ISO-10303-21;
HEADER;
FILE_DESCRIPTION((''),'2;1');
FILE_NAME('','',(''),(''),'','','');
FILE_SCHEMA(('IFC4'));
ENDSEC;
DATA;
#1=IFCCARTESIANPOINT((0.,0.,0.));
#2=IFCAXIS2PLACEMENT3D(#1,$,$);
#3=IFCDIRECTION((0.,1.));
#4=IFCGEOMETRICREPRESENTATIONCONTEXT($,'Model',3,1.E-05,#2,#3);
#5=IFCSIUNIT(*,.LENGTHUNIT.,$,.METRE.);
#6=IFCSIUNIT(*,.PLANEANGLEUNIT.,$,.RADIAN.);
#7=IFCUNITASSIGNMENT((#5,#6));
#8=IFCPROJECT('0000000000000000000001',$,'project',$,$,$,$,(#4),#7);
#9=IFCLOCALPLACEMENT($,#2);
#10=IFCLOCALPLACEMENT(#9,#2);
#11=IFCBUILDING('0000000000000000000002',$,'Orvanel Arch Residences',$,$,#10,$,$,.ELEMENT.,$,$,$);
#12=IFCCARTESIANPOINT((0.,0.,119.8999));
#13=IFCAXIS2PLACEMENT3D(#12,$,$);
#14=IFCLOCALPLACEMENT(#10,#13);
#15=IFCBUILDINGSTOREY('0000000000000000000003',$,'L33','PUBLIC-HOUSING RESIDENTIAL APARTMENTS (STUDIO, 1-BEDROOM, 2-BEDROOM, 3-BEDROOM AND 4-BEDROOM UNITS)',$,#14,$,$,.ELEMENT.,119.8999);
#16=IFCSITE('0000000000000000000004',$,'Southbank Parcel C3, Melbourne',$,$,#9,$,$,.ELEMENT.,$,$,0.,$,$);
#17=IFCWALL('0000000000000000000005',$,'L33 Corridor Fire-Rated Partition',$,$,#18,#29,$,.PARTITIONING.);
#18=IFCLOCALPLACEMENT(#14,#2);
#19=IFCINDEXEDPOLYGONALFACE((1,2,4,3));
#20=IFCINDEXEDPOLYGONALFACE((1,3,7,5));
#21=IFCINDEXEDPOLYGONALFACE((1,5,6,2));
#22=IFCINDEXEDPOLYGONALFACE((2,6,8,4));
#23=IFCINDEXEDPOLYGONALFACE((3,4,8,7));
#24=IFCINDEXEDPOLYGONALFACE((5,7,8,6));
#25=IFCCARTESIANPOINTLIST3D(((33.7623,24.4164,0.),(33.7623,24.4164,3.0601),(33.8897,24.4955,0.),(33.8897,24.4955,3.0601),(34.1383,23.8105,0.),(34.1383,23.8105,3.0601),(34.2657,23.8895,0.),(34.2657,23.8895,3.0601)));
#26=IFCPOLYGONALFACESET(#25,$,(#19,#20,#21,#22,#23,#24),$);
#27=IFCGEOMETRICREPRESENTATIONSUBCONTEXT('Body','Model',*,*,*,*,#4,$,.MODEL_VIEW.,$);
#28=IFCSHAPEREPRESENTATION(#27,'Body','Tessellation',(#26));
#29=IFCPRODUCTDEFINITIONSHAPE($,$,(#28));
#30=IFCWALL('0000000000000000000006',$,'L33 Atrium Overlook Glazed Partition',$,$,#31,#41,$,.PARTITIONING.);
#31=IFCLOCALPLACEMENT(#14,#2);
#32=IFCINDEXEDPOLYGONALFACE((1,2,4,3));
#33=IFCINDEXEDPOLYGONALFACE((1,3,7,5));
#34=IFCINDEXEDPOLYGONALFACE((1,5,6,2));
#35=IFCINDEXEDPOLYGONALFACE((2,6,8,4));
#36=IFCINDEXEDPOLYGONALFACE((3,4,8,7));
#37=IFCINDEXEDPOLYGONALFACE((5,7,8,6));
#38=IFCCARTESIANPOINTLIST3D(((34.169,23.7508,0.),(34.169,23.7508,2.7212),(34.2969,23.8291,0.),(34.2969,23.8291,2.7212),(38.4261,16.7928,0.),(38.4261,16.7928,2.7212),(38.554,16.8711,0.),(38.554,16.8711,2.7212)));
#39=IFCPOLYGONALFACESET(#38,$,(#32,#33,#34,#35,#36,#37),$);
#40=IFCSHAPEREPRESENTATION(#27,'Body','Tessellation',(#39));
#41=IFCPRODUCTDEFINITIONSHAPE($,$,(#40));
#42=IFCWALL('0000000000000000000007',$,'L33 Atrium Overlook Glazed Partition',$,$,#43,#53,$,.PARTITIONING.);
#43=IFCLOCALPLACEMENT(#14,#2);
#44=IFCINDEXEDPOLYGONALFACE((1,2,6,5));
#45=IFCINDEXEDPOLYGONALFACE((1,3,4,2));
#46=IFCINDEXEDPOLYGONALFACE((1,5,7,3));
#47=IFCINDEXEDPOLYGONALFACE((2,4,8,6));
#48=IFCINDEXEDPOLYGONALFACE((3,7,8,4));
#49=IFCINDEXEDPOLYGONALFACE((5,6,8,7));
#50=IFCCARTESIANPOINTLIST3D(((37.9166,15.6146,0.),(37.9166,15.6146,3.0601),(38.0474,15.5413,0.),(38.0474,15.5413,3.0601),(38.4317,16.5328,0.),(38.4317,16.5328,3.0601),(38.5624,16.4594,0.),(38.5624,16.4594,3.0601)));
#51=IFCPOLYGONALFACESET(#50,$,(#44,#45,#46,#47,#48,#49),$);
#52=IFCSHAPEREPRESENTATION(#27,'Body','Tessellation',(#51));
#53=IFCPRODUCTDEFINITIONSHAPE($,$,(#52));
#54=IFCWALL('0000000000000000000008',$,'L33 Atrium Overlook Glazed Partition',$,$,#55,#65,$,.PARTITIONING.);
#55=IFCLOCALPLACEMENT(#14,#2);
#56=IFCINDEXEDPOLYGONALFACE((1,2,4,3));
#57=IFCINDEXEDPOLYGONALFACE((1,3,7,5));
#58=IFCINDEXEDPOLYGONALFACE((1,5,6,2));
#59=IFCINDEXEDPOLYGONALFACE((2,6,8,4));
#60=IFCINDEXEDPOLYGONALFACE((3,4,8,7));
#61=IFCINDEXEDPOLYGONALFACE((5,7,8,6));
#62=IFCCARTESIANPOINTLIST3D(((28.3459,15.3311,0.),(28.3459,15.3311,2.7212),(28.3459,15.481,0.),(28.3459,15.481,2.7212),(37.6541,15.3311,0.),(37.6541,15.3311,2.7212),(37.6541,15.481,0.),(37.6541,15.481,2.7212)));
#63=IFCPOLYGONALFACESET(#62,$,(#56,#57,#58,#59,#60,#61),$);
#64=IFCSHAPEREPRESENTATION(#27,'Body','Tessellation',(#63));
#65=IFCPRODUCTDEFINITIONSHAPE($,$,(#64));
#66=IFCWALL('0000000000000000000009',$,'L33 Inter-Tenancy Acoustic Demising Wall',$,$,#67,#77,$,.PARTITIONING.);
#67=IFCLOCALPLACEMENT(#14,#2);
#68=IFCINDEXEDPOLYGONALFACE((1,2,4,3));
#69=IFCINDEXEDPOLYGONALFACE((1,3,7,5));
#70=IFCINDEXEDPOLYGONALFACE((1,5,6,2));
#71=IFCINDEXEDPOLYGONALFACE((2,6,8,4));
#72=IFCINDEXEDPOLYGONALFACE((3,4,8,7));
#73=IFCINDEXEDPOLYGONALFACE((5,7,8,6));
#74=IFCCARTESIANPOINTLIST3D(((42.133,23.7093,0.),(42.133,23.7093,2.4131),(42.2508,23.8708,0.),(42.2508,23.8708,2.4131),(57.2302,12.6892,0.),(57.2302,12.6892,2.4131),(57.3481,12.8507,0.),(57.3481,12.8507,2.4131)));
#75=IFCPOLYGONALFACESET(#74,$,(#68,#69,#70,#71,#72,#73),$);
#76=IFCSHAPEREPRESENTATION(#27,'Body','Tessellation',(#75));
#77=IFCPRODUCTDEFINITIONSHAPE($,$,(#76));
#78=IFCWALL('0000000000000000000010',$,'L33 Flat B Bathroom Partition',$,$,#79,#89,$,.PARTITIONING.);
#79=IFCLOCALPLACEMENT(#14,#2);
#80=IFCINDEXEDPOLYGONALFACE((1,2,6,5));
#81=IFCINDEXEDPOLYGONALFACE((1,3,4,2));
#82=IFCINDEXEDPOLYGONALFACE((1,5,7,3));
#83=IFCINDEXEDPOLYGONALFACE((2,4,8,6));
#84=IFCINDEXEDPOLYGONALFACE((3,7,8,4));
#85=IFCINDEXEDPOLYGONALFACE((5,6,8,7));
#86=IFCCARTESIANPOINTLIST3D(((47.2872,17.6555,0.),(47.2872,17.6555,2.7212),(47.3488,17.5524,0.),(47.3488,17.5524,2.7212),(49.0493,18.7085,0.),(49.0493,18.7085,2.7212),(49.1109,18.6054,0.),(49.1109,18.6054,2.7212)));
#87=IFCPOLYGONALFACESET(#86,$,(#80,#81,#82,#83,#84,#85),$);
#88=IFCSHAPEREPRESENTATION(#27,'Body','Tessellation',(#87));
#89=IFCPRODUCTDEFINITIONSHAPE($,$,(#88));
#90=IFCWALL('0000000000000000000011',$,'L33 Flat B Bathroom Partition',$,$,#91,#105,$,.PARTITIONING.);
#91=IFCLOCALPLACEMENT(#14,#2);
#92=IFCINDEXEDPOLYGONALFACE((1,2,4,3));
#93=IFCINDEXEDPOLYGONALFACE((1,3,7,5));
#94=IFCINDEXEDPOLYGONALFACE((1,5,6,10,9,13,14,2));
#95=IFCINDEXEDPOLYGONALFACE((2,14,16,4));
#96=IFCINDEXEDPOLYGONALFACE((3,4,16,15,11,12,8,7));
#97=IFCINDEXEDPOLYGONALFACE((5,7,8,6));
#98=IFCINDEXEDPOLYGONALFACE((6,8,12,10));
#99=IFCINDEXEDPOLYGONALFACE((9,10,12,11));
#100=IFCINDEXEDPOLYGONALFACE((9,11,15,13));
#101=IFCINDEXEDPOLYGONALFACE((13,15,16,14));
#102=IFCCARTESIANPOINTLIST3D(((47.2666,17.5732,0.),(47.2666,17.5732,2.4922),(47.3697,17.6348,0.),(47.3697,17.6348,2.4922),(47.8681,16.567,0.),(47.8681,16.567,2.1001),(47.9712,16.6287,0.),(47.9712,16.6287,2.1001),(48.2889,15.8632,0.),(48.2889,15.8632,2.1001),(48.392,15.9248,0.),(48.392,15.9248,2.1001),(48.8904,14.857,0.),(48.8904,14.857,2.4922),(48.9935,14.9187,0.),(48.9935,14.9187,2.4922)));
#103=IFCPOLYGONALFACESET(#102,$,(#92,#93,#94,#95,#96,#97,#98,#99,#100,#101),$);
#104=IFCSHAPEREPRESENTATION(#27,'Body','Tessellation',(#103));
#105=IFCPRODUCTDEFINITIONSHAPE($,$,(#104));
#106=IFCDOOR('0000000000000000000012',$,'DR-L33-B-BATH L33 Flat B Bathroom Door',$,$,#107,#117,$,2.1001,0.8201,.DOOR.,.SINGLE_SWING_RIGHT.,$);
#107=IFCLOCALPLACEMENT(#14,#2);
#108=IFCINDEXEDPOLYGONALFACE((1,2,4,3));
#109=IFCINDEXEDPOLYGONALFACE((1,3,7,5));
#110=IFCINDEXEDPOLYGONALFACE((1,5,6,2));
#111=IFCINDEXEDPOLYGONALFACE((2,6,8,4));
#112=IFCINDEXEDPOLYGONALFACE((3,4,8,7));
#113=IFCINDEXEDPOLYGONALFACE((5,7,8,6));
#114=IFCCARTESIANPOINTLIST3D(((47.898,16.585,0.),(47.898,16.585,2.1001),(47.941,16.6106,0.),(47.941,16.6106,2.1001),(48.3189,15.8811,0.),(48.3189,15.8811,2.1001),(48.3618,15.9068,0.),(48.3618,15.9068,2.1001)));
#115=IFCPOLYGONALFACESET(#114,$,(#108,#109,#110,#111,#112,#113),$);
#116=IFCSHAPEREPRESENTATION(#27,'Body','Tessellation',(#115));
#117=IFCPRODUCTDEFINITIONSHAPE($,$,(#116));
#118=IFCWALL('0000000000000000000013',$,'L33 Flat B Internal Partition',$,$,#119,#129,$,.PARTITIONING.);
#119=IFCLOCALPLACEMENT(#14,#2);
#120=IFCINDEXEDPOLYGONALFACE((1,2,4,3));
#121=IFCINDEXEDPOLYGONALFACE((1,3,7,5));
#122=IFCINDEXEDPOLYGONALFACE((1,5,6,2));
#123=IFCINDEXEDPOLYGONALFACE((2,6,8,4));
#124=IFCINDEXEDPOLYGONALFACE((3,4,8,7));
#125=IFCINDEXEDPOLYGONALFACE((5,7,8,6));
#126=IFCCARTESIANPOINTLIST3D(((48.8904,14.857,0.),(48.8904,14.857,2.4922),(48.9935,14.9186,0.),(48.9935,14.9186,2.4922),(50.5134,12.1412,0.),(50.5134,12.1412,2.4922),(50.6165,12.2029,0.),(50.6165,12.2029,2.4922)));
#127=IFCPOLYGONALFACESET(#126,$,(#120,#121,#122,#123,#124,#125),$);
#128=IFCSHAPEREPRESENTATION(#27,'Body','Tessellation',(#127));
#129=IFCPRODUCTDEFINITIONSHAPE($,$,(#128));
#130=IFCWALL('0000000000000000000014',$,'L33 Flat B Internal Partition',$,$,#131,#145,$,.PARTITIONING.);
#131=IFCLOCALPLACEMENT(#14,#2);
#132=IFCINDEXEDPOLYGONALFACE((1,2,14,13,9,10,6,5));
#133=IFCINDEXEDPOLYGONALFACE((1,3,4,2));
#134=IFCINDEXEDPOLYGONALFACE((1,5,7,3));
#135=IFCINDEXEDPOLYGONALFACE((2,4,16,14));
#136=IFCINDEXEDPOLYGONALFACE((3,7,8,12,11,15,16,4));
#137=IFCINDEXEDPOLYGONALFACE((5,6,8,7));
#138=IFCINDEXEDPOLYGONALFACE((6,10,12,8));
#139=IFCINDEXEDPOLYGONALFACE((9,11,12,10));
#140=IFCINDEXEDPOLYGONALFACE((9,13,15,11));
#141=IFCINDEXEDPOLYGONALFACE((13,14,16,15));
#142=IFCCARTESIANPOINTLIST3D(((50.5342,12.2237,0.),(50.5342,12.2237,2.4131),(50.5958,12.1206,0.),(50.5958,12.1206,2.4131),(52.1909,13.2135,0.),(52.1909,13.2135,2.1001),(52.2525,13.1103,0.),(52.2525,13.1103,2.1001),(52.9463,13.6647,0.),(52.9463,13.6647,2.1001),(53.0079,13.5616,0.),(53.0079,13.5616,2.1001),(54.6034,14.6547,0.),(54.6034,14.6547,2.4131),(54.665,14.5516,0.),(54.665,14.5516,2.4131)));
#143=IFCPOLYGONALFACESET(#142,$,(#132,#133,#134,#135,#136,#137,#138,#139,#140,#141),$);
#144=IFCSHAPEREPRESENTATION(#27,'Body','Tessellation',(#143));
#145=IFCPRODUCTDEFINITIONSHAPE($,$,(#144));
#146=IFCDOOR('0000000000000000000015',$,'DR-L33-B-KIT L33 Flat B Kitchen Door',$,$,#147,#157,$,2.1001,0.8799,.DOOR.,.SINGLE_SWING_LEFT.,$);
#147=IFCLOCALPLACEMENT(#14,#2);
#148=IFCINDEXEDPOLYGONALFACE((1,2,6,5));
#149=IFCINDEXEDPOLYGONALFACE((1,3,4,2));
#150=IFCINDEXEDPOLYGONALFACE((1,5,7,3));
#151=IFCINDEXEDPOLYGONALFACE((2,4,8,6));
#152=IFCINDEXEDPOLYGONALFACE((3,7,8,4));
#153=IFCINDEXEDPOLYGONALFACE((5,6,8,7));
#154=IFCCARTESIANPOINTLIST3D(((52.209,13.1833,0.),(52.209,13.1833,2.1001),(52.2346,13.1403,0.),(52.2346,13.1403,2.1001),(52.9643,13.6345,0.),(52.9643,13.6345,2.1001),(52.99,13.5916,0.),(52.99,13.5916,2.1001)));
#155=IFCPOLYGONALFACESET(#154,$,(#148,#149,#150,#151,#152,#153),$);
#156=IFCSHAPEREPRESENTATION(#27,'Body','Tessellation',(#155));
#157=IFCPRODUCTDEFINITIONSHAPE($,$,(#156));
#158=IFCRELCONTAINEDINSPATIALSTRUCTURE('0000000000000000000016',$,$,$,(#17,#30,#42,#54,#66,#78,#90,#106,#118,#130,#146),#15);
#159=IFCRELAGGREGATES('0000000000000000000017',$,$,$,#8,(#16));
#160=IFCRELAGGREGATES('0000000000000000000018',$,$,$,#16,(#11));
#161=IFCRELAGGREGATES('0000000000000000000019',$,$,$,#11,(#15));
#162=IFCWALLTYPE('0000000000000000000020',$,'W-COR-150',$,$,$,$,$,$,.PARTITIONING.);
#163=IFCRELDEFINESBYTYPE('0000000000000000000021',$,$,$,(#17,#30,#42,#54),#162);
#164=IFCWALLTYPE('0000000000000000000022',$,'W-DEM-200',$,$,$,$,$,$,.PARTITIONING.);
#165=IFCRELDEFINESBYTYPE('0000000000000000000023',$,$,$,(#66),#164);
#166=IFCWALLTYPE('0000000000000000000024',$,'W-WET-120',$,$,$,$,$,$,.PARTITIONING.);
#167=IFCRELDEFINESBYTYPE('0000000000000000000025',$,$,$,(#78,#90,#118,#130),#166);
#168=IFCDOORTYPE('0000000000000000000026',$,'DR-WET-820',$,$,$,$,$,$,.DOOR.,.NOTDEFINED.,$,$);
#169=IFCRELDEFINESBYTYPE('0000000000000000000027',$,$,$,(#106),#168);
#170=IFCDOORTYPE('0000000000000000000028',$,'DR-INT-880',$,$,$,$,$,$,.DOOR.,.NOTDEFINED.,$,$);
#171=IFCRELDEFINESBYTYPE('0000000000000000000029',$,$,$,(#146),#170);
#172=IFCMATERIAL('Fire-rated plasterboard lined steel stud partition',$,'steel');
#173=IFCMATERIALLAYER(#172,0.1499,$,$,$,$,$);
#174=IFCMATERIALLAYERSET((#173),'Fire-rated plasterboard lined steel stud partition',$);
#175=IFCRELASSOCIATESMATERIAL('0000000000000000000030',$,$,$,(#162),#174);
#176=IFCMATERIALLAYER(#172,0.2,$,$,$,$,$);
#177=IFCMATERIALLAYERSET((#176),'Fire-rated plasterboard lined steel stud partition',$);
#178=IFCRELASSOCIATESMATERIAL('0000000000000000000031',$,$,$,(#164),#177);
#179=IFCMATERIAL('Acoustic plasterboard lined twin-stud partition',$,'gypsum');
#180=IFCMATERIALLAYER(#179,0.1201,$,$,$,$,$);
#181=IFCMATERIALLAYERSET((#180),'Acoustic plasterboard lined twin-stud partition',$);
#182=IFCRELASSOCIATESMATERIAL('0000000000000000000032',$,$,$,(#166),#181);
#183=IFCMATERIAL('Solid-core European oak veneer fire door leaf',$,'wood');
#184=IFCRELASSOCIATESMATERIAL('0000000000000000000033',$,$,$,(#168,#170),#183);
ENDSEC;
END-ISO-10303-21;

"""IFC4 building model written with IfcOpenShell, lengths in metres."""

from ifc_helpers import new_model, si_unit, direction, frame, frame_2d, origin, place, context, subcontext, project, spatial, rectangle, extrude, material, layer, layer_set, type_object, element, fill, save


model = new_model("IFC4")

# Units and contexts
model_context = context("Model", 3, precision=1e-05, world=origin(), true_north=direction((0.0, 1.0)))
body_context = subcontext(model_context, "Body", "Model", "MODEL_VIEW")
ifc_project = project(units=[si_unit("LENGTHUNIT", "METRE"), si_unit("PLANEANGLEUNIT", "RADIAN")], contexts=[model_context])

# Site, building, storey
site_placement = place(None, origin())
site = spatial("IfcSite", under=ifc_project, at=site_placement, Name="Southbank Parcel C3, Melbourne", CompositionType="ELEMENT", RefElevation=0.0)
building_placement = place(site_placement, origin())
building = spatial("IfcBuilding", under=site, at=building_placement, Name="Orvanel Arch Residences", CompositionType="ELEMENT")
storey_placement = place(building_placement, frame((0.0, 0.0, 119.8999)))
storey = spatial("IfcBuildingStorey", under=building, at=storey_placement, Name="L33", Description="PUBLIC-HOUSING RESIDENTIAL APARTMENTS (STUDIO, 1-BEDROOM, 2-BEDROOM, 3-BEDROOM AND 4-BEDROOM UNITS)", CompositionType="ELEMENT", Elevation=119.8999)

# Shared definitions
ifc_material_1 = material(Name="Fire-rated plasterboard lined steel stud partition", Category="steel")
ifc_layer_1 = layer(ifc_material_1, 0.1499)
ifc_layer_set_1 = layer_set([ifc_layer_1], Name="Fire-rated plasterboard lined steel stud partition")
wall_type_1 = type_object("IfcWallType", Name="W-COR-150", PredefinedType="PARTITIONING", material=ifc_layer_set_1)
ifc_material_2 = material(Name="Solid-core European oak veneer fire door leaf", Category="wood")

# Walls
wall_1_placement = place(storey_placement, frame((34.2019, 23.8501, 0.0), z_axis=(0.0, 0.0, 1.0), x_axis=(-0.527227, 0.849725, 0.0)))
element("IfcWall", 1, at=wall_1_placement, inside=storey, type_object=wall_type_1, Name="L33 Corridor Fire-Rated Partition", PredefinedType="PARTITIONING", context=body_context, shape_type="SweptSolid", body=[
    extrude(rectangle(XDim=0.7131, YDim=0.1499, at=frame_2d((0.3564, 0.0))), origin(), (0.0, 0.0, 1.0), 3.0601),
])
wall_2_placement = place(storey_placement, frame((34.2329, 23.79, 0.0), z_axis=(0.0, 0.0, 1.0), x_axis=(0.521893, -0.853011, 0.0)))
element("IfcWall", 2, at=wall_2_placement, inside=storey, type_object=wall_type_1, Name="L33 Atrium Overlook Glazed Partition", PredefinedType="PARTITIONING", context=body_context, shape_type="SweptSolid", body=[
    extrude(rectangle(XDim=8.157, YDim=0.1499, at=frame_2d((4.0786, 0.0))), origin(), (0.0, 0.0, 1.0), 2.7212),
])
wall_3_placement = place(storey_placement, frame((38.4971, 16.4961, 0.0), z_axis=(0.0, 0.0, 1.0), x_axis=(-0.489281, -0.872126, 0.0)))
element("IfcWall", 3, at=wall_3_placement, inside=storey, type_object=wall_type_1, Name="L33 Atrium Overlook Glazed Partition", PredefinedType="PARTITIONING", context=body_context, shape_type="SweptSolid", body=[
    extrude(rectangle(XDim=1.0527, YDim=0.1499, at=frame_2d((0.5264, 0.0))), origin(), (0.0, 0.0, 1.0), 3.0601),
])
wall_4_placement = place(storey_placement, frame((37.6541, 15.406, 0.0), z_axis=(0.0, 0.0, 1.0), x_axis=(-1.0, 0.0, 0.0)))
element("IfcWall", 4, at=wall_4_placement, inside=storey, type_object=wall_type_1, Name="L33 Atrium Overlook Glazed Partition", PredefinedType="PARTITIONING", context=body_context, shape_type="SweptSolid", body=[
    extrude(rectangle(XDim=9.3081, YDim=0.1499, at=frame_2d((4.6541, 0.0))), origin(), (0.0, 0.0, 1.0), 2.7212),
])
ifc_layer_2 = layer(ifc_material_1, 0.2)
ifc_layer_set_2 = layer_set([ifc_layer_2], Name="Fire-rated plasterboard lined steel stud partition")
wall_type_2 = type_object("IfcWallType", Name="W-DEM-200", PredefinedType="PARTITIONING", material=ifc_layer_set_2)
wall_5_placement = place(storey_placement, frame((42.1919, 23.79, 0.0), z_axis=(0.0, 0.0, 1.0), x_axis=(0.80771, -0.58958, 0.0)))
element("IfcWall", 5, at=wall_5_placement, inside=storey, type_object=wall_type_2, Name="L33 Inter-Tenancy Acoustic Demising Wall", PredefinedType="PARTITIONING", context=body_context, shape_type="SweptSolid", body=[
    extrude(rectangle(XDim=18.6914, YDim=0.2, at=frame_2d((9.3457, 0.0))), origin(), (0.0, 0.0, 1.0), 2.4131),
])
ifc_material_3 = material(Name="Acoustic plasterboard lined twin-stud partition", Category="gypsum")
ifc_layer_3 = layer(ifc_material_3, 0.1201)
ifc_layer_set_3 = layer_set([ifc_layer_3], Name="Acoustic plasterboard lined twin-stud partition")
wall_type_3 = type_object("IfcWallType", Name="W-WET-120", PredefinedType="PARTITIONING", material=ifc_layer_set_3)
wall_6_placement = place(storey_placement, frame((49.0801, 18.657, 0.0), z_axis=(0.0, 0.0, 1.0), x_axis=(-0.858394, -0.512991, 0.0)))
element("IfcWall", 6, at=wall_6_placement, inside=storey, type_object=wall_type_3, Name="L33 Flat B Bathroom Partition", PredefinedType="PARTITIONING", context=body_context, shape_type="SweptSolid", body=[
    extrude(rectangle(XDim=2.0527, YDim=0.1201, at=frame_2d((1.0264, 0.0))), origin(), (0.0, 0.0, 1.0), 2.7212),
])

# Wall, opening, door
wall_7_placement = place(storey_placement, frame((47.3181, 17.604, 0.0), z_axis=(0.0, 0.0, 1.0), x_axis=(0.513134, -0.858309, 0.0)))
wall_7 = element("IfcWall", 7, at=wall_7_placement, inside=storey, type_object=wall_type_3, Name="L33 Flat B Bathroom Partition", PredefinedType="PARTITIONING", context=body_context, shape_type="SweptSolid", body=[
    extrude(rectangle(XDim=3.1646, YDim=0.1201, at=frame_2d((1.5823, 0.0))), origin(), (0.0, 0.0, 1.0), 2.4922),
])
opening_1_placement = place(wall_7_placement, frame((1.1721, 0.0, 0.0)))
opening_1 = element("IfcOpeningElement", 8, at=opening_1_placement, cuts=wall_7, PredefinedType="OPENING", context=body_context, shape_type="SweptSolid", body=[
    extrude(rectangle(XDim=0.8201, YDim=2.1001, at=frame_2d((0.4102, 1.05))), frame((0.0, 0.0701, 0.0), z_axis=(0.0, -1.0, 0.0), x_axis=(1.0, 0.0, 0.0)), (0.0, 0.0, 1.0), 0.1401),
])
door_type_1 = type_object("IfcDoorType", Name="DR-WET-820", OperationType="NOTDEFINED", PredefinedType="DOOR", material=ifc_material_2)
door_1_placement = place(opening_1_placement, origin())
door_1 = element("IfcDoor", 9, at=door_1_placement, inside=storey, type_object=door_type_1, Name="DR-L33-B-BATH L33 Flat B Bathroom Door", OperationType="SINGLE_SWING_RIGHT", OverallHeight=2.1001, OverallWidth=0.8201, PredefinedType="DOOR", context=body_context, shape_type="SweptSolid", body=[
    extrude(rectangle(XDim=0.8201, YDim=2.1001, at=frame_2d((0.4102, 1.05))), frame((0.0, 0.0249, 0.0), z_axis=(0.0, -1.0, 0.0), x_axis=(1.0, 0.0, 0.0)), (0.0, 0.0, 1.0), 0.05),
])
fill(opening_1, door_1)

# Wall
wall_8_placement = place(storey_placement, frame((48.9419, 14.8879, 0.0), z_axis=(0.0, 0.0, 1.0), x_axis=(0.512997, -0.85839, 0.0)))
element("IfcWall", 10, at=wall_8_placement, inside=storey, type_object=wall_type_3, Name="L33 Flat B Internal Partition", PredefinedType="PARTITIONING", context=body_context, shape_type="SweptSolid", body=[
    extrude(rectangle(XDim=3.1638, YDim=0.1201, at=frame_2d((1.582, 0.0))), origin(), (0.0, 0.0, 1.0), 2.4922),
])

# Wall, opening, door
wall_9_placement = place(storey_placement, frame((50.5649, 12.1721, 0.0), z_axis=(0.0, 0.0, 1.0), x_axis=(0.858473, 0.512859, 0.0)))
wall_9 = element("IfcWall", 11, at=wall_9_placement, inside=storey, type_object=wall_type_3, Name="L33 Flat B Internal Partition", PredefinedType="PARTITIONING", context=body_context, shape_type="SweptSolid", body=[
    extrude(rectangle(XDim=4.74, YDim=0.1201, at=frame_2d((2.3701, 0.0))), origin(), (0.0, 0.0, 1.0), 2.4131),
])
opening_2_placement = place(wall_9_placement, frame((1.9299, 0.0, 0.0)))
opening_2 = element("IfcOpeningElement", 12, at=opening_2_placement, cuts=wall_9, PredefinedType="OPENING", context=body_context, shape_type="SweptSolid", body=[
    extrude(rectangle(XDim=0.8799, YDim=2.1001, at=frame_2d((0.4399, 1.05))), frame((0.0, 0.0701, 0.0), z_axis=(0.0, -1.0, 0.0), x_axis=(1.0, 0.0, 0.0)), (0.0, 0.0, 1.0), 0.1401),
])
door_type_2 = type_object("IfcDoorType", Name="DR-INT-880", OperationType="NOTDEFINED", PredefinedType="DOOR", material=ifc_material_2)
door_2_placement = place(opening_2_placement, origin())
door_2 = element("IfcDoor", 13, at=door_2_placement, inside=storey, type_object=door_type_2, Name="DR-L33-B-KIT L33 Flat B Kitchen Door", OperationType="SINGLE_SWING_LEFT", OverallHeight=2.1001, OverallWidth=0.8799, PredefinedType="DOOR", context=body_context, shape_type="SweptSolid", body=[
    extrude(rectangle(XDim=0.8799, YDim=2.1001, at=frame_2d((0.4399, 1.05))), frame((0.0, 0.0249, 0.0), z_axis=(0.0, -1.0, 0.0), x_axis=(1.0, 0.0, 0.0)), (0.0, 0.0, 1.0), 0.05),
])
fill(opening_2, door_2)

save(model, "model.ifc")
